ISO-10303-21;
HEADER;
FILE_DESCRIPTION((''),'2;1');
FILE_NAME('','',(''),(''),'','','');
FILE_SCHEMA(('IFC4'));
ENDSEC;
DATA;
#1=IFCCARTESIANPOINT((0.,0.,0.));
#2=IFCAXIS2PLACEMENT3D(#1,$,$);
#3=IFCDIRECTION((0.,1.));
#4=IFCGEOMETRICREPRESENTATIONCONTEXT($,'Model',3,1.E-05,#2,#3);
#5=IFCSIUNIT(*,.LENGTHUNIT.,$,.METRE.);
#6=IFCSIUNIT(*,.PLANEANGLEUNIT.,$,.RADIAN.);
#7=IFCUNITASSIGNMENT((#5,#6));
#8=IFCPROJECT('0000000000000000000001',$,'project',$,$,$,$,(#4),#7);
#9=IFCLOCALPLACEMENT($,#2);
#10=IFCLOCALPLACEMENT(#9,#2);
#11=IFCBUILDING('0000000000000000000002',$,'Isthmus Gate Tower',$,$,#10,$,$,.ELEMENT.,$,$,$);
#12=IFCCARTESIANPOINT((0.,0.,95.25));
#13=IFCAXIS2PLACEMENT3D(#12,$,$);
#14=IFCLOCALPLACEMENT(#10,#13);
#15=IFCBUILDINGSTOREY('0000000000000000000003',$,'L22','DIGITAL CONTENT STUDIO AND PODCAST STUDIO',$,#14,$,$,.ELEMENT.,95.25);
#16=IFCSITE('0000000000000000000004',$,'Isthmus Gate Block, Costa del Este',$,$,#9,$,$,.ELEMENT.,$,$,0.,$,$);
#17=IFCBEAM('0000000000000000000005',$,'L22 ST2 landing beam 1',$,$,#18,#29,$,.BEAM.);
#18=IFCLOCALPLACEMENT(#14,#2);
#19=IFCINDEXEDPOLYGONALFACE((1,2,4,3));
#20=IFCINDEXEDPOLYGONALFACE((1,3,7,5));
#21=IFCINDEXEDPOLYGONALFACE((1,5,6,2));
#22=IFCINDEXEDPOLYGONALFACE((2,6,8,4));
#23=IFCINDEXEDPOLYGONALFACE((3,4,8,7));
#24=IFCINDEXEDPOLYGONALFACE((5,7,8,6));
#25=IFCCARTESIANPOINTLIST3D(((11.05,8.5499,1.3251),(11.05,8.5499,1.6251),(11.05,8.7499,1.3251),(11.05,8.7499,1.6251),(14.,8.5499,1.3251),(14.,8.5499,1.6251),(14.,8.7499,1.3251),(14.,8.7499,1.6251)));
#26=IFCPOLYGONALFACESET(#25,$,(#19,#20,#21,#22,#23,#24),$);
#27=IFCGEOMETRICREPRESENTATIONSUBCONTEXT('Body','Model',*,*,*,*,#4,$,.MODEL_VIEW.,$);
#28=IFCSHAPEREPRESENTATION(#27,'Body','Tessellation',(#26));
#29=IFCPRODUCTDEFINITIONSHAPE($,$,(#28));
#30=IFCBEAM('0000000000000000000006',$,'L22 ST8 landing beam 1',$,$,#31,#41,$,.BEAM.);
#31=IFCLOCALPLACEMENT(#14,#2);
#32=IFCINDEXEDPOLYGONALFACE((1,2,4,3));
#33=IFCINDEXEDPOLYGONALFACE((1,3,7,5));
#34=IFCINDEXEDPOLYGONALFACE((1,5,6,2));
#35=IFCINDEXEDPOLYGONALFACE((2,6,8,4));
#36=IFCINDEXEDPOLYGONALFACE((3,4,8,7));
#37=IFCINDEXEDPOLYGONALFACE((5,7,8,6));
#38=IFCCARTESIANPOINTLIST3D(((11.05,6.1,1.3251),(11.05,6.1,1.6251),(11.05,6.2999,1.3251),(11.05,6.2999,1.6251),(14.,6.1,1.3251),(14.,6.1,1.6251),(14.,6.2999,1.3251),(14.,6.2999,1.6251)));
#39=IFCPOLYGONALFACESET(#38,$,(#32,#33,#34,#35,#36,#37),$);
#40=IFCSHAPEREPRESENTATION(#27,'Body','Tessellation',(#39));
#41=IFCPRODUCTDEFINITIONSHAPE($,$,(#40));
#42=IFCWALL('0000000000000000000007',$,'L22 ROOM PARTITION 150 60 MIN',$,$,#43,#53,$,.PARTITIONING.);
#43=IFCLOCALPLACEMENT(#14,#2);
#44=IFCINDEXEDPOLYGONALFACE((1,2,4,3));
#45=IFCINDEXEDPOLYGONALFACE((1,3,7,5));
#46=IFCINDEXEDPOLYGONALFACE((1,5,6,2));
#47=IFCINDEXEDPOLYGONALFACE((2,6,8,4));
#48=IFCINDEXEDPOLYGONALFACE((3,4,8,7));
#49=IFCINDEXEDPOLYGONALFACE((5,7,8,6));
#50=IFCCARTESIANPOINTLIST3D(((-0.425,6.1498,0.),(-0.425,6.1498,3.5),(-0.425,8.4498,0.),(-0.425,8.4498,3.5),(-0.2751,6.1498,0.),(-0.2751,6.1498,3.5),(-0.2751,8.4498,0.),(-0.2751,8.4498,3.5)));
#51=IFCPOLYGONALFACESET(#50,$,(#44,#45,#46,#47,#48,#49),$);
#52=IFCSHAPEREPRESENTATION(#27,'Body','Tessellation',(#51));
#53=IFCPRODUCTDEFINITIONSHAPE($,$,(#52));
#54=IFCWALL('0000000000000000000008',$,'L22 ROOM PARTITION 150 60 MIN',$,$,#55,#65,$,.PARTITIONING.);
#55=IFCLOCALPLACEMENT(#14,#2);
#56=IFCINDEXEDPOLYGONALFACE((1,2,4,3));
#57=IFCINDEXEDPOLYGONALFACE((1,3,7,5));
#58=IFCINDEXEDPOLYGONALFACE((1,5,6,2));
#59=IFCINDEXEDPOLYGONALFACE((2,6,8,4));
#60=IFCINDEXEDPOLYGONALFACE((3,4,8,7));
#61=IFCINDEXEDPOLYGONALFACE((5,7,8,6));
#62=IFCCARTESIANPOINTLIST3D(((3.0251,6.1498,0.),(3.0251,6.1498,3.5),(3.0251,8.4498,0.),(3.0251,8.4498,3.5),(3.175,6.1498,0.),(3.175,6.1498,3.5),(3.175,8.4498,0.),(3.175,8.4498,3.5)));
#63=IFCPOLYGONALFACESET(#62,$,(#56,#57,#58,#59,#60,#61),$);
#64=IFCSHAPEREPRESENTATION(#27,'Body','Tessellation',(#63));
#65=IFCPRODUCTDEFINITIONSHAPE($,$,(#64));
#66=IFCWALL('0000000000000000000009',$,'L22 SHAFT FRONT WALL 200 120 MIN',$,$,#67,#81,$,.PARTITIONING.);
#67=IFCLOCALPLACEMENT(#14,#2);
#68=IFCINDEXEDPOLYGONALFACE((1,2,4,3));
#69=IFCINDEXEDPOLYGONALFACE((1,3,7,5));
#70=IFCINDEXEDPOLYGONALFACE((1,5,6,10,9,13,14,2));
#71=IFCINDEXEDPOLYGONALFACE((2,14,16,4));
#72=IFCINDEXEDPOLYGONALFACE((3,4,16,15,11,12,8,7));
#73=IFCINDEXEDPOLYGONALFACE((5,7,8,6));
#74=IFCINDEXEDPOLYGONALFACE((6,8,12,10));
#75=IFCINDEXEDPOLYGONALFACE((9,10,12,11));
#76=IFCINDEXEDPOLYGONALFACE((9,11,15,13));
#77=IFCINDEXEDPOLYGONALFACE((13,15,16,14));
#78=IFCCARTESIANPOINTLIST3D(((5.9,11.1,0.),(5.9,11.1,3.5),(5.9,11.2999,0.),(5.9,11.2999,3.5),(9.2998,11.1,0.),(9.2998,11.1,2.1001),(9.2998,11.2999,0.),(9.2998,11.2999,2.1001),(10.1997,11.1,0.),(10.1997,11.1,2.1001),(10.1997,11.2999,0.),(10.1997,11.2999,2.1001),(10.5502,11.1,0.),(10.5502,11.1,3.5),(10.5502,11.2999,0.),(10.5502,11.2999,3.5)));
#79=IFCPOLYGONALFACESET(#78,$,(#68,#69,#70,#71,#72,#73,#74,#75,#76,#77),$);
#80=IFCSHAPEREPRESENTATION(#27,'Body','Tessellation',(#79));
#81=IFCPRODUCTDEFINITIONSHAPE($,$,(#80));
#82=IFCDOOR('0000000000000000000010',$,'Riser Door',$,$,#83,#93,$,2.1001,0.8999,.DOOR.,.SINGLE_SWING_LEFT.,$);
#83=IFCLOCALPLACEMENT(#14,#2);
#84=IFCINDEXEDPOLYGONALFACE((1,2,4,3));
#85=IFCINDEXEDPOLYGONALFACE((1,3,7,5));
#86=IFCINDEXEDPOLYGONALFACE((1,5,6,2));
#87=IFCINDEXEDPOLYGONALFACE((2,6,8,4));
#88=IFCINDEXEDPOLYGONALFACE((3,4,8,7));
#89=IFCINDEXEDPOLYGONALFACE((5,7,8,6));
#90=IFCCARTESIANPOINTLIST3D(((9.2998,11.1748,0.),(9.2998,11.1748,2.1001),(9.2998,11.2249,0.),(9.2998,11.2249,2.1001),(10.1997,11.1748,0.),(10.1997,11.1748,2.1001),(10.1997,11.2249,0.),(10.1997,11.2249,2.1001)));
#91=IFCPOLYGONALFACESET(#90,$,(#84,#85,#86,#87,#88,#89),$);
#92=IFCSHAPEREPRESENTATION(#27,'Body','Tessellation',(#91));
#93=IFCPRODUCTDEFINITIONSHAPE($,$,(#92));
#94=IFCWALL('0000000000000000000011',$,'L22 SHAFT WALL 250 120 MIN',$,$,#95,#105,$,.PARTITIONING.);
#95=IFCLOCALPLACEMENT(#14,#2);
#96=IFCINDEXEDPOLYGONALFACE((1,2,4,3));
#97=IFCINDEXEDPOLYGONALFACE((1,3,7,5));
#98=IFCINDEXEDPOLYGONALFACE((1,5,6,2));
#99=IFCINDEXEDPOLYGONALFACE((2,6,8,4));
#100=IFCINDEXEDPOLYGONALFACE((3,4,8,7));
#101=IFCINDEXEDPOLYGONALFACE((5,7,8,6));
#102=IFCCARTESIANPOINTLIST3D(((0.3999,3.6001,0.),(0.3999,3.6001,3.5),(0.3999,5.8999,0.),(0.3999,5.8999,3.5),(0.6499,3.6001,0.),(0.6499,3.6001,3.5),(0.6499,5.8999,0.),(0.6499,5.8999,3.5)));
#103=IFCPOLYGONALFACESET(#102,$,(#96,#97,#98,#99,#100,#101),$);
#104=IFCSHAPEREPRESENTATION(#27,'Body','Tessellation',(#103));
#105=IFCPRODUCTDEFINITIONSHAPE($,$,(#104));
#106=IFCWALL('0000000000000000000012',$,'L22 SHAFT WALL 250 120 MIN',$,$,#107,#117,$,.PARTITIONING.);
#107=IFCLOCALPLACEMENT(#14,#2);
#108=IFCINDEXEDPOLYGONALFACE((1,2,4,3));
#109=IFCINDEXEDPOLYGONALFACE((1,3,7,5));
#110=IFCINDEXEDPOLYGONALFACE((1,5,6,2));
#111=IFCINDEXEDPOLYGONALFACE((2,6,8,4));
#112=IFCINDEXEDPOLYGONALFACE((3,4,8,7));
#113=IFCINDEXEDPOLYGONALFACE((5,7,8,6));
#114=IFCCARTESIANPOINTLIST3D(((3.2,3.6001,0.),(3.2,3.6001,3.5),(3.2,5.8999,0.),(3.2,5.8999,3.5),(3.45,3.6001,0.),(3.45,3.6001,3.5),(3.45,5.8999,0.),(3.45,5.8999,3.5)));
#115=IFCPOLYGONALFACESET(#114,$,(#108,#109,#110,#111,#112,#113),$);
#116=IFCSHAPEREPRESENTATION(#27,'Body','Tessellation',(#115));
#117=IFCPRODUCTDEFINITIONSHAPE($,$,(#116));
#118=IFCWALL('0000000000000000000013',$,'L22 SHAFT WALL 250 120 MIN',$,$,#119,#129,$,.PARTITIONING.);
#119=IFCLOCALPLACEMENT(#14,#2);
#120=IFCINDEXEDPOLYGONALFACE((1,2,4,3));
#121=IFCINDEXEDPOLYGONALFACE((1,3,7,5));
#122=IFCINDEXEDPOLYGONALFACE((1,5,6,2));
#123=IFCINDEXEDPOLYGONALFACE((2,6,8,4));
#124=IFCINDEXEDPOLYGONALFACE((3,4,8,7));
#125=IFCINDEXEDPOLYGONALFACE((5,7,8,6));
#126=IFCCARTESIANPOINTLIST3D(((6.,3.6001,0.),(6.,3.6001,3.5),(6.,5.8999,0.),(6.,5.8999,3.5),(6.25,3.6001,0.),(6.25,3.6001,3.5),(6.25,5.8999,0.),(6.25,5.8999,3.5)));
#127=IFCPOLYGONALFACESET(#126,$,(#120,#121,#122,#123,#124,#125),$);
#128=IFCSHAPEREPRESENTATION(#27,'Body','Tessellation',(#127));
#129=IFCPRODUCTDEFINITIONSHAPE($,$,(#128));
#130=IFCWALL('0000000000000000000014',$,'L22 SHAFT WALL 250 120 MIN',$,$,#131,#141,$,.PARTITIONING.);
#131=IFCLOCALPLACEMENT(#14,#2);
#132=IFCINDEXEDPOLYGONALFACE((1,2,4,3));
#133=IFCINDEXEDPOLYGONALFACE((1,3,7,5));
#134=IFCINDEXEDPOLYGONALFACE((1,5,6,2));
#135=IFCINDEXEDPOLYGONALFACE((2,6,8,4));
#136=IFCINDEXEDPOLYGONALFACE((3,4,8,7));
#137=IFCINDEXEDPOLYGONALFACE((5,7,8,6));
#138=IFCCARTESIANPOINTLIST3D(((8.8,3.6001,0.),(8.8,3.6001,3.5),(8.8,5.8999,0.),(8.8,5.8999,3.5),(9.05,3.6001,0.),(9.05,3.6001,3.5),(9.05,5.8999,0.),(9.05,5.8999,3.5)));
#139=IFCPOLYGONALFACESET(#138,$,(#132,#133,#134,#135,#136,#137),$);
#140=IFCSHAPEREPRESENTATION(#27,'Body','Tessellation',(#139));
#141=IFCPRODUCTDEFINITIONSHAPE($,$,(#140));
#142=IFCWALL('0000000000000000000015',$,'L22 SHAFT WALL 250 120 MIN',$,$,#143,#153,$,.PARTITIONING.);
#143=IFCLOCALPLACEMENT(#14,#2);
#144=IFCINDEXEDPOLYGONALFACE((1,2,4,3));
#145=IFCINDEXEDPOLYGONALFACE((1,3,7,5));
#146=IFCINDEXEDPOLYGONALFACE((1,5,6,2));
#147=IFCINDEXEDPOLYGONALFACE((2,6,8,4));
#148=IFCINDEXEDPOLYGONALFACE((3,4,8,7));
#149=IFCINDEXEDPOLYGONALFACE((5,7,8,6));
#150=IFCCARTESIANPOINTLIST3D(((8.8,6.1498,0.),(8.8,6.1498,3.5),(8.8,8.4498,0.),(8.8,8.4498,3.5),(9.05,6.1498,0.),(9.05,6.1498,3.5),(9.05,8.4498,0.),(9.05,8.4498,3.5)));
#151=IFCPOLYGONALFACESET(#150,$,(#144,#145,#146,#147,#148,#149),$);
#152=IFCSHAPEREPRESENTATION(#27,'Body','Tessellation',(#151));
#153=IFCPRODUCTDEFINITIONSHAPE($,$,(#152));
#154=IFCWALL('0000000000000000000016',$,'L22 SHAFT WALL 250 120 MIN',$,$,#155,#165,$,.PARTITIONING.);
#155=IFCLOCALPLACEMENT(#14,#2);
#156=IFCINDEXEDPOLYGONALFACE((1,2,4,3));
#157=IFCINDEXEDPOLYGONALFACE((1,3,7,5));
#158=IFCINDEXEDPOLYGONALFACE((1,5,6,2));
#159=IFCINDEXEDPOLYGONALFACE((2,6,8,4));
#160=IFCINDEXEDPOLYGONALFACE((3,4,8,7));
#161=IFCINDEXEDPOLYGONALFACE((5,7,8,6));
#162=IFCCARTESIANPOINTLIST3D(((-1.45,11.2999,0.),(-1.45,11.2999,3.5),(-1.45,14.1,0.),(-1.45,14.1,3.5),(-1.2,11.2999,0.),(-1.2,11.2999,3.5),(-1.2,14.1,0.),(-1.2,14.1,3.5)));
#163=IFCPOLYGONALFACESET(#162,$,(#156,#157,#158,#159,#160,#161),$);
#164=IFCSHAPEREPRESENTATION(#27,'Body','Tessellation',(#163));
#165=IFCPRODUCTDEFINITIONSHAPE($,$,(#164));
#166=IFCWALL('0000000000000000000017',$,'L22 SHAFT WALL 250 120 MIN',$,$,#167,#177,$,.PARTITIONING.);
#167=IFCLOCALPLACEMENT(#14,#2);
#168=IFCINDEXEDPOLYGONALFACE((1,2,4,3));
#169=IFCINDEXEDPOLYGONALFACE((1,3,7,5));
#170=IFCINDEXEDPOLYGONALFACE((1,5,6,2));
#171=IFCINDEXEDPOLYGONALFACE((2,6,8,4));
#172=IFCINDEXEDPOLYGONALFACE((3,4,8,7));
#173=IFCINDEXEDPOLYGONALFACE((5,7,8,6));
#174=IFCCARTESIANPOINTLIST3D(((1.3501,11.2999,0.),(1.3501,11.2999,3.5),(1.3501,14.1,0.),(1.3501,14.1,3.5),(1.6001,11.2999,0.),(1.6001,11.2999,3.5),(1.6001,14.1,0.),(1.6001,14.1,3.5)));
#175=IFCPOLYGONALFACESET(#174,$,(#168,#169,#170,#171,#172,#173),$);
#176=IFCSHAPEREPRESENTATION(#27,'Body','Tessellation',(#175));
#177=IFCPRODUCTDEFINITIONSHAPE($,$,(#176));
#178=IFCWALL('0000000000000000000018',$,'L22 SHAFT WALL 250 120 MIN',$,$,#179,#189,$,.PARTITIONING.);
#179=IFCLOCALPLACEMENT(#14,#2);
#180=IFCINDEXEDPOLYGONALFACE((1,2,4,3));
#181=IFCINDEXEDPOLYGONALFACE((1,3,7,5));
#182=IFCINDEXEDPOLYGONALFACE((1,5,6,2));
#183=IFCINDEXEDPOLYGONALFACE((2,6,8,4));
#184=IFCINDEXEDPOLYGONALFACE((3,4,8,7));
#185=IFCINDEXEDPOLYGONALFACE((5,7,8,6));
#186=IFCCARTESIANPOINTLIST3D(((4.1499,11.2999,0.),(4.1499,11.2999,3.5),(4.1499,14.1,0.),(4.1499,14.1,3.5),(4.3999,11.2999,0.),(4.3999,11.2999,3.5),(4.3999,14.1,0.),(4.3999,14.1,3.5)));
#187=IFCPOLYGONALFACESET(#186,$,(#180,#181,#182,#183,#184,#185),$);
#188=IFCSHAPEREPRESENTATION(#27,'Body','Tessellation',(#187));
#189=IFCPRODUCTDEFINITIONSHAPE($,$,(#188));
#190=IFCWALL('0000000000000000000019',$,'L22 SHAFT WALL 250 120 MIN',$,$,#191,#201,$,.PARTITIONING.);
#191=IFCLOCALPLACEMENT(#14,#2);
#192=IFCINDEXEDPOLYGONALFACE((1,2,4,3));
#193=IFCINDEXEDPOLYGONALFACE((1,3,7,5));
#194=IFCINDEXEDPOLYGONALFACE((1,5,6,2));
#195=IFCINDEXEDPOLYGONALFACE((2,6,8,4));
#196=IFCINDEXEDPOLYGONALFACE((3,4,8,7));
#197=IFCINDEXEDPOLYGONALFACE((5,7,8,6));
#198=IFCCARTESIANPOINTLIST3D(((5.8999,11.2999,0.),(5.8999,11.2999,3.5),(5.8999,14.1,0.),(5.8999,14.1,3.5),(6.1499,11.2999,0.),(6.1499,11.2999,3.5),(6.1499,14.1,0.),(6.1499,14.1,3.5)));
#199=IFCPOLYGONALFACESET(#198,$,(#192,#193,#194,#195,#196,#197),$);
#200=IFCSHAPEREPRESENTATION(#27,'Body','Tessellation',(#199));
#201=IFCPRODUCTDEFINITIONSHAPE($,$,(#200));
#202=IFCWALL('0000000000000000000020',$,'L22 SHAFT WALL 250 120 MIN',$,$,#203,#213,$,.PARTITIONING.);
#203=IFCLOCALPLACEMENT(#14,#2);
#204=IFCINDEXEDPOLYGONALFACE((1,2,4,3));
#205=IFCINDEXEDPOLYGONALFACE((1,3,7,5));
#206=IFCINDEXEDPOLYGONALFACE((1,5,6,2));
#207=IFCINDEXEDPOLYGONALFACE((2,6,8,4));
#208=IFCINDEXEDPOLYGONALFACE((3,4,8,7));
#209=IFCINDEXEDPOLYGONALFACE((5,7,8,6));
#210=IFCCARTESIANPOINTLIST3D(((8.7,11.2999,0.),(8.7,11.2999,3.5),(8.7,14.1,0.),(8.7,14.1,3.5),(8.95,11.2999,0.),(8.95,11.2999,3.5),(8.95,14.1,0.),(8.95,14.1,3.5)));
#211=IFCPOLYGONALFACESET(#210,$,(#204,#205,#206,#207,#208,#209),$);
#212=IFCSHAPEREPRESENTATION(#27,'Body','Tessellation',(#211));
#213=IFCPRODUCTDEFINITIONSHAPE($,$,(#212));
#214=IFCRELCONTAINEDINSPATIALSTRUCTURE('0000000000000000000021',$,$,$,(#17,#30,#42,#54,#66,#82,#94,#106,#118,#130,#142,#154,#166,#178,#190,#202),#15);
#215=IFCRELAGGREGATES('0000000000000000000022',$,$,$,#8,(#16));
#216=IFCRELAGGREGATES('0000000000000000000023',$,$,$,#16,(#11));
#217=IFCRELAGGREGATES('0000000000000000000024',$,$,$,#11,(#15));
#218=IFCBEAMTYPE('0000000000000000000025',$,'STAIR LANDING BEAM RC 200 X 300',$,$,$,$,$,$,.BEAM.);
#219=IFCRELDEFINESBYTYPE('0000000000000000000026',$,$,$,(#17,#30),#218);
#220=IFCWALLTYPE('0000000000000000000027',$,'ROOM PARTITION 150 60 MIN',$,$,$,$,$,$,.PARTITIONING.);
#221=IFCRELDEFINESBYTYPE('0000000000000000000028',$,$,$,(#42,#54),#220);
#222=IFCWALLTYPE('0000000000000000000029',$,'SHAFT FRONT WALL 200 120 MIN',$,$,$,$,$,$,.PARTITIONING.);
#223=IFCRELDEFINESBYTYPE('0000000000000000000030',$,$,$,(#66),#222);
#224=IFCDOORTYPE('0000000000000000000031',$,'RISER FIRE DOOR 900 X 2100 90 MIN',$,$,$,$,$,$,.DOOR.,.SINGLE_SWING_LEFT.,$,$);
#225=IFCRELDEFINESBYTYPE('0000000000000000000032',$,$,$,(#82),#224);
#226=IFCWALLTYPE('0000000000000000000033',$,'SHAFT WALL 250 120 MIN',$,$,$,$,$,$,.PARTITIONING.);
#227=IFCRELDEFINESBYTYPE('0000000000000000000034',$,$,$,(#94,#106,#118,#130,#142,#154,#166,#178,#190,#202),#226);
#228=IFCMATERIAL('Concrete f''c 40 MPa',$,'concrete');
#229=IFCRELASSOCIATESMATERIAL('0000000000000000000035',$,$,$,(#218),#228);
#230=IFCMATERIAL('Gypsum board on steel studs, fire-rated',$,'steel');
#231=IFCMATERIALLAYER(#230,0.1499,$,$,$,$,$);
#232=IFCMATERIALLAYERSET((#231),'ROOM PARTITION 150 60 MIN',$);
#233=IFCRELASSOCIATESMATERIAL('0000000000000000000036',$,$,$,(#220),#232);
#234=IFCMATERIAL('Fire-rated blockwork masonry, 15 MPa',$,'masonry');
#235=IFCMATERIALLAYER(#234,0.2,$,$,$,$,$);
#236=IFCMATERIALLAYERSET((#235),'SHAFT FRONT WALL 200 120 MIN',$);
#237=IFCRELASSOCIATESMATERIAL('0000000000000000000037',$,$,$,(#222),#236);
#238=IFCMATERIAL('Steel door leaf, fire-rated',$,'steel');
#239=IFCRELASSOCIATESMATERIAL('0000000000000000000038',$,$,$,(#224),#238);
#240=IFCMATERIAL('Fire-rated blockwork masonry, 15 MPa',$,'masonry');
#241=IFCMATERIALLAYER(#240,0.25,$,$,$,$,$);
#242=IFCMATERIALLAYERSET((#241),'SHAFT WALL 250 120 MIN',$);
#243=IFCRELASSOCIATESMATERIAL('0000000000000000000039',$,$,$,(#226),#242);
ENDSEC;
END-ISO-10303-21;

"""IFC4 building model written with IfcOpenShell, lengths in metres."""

from ifc_helpers import new_model, si_unit, direction, frame, frame_2d, origin, origin_2d, place, context, subcontext, project, spatial, rectangle, extrude, material, layer, layer_set, material_profile, profile_set, type_object, element, fill, save


model = new_model("IFC4")

# Units and contexts
model_context = context("Model", 3, precision=1e-05, world=origin(), true_north=direction((0.0, 1.0)))
body_context = subcontext(model_context, "Body", "Model", "MODEL_VIEW")
ifc_project = project(units=[si_unit("LENGTHUNIT", "METRE"), si_unit("PLANEANGLEUNIT", "RADIAN")], contexts=[model_context])

# Site, building, storey
site_placement = place(None, origin())
site = spatial("IfcSite", under=ifc_project, at=site_placement, Name="Isthmus Gate Block, Costa del Este", CompositionType="ELEMENT", RefElevation=0.0)
building_placement = place(site_placement, origin())
building = spatial("IfcBuilding", under=site, at=building_placement, Name="Isthmus Gate Tower", CompositionType="ELEMENT")
storey_placement = place(building_placement, frame((0.0, 0.0, 95.25)))
storey = spatial("IfcBuildingStorey", under=building, at=storey_placement, Name="L22", Description="DIGITAL CONTENT STUDIO AND PODCAST STUDIO", CompositionType="ELEMENT", Elevation=95.25)

# Beams
ifc_material_1 = material(Name="Concrete f'c 40 MPa", Category="concrete")
ifc_material_profile = material_profile(ifc_material_1, rectangle(XDim=0.2, YDim=0.3, at=origin_2d()), Name="STAIR LANDING BEAM RC 200 X 300")
ifc_profile_set = profile_set([ifc_material_profile], Name="Concrete f'c 40 MPa")
beam_type = type_object("IfcBeamType", Name="STAIR LANDING BEAM RC 200 X 300", PredefinedType="BEAM", material=ifc_profile_set)
for number, where, z_axis, x_axis, name in (
    (1, (11.05, 8.6499, 1.4751), (1.0, 0.0, 0.0), (0.0, 1.0, 0.0), "L22 ST2 landing beam 1"),
    (2, (11.05, 6.2, 1.4751), (1.0, 0.0, 0.0), (0.0, 1.0, 0.0), "L22 ST8 landing beam 1"),
):
    element("IfcBeam", number, at=place(storey_placement, frame(where, z_axis=z_axis, x_axis=x_axis)), inside=storey, type_object=beam_type, Name=name, PredefinedType="BEAM", context=body_context, shape_type="SweptSolid", body=[
        extrude(rectangle(XDim=0.2, YDim=0.3, at=origin_2d()), origin(), (0.0, 0.0, 1.0), 2.95),
    ])

# Walls
ifc_material_2 = material(Name="Gypsum board on steel studs, fire-rated", Category="steel")
ifc_layer_1 = layer(ifc_material_2, 0.1499)
ifc_layer_set_1 = layer_set([ifc_layer_1], Name="ROOM PARTITION 150 60 MIN")
wall_type_1 = type_object("IfcWallType", Name="ROOM PARTITION 150 60 MIN", PredefinedType="PARTITIONING", material=ifc_layer_set_1)
for number, where, z_axis, x_axis, name in (
    (3, (-0.3501, 6.1499, 0.0), (0.0, 0.0, 1.0), (0.0, 1.0, 0.0), "L22 ROOM PARTITION 150 60 MIN"),
    (4, (3.1001, 6.1499, 0.0), (0.0, 0.0, 1.0), (0.0, 1.0, 0.0), "L22 ROOM PARTITION 150 60 MIN"),
):
    element("IfcWall", number, at=place(storey_placement, frame(where, z_axis=z_axis, x_axis=x_axis)), inside=storey, type_object=wall_type_1, Name=name, PredefinedType="PARTITIONING", context=body_context, shape_type="SweptSolid", body=[
        extrude(rectangle(XDim=2.3, YDim=0.1499, at=frame_2d((1.1499, 0.0))), origin(), (0.0, 0.0, 1.0), 3.5),
    ])

# Wall, opening, door
ifc_material_3 = material(Name="Fire-rated blockwork masonry, 15 MPa", Category="masonry")
ifc_layer_2 = layer(ifc_material_3, 0.2)
ifc_layer_set_2 = layer_set([ifc_layer_2], Name="SHAFT FRONT WALL 200 120 MIN")
wall_type_2 = type_object("IfcWallType", Name="SHAFT FRONT WALL 200 120 MIN", PredefinedType="PARTITIONING", material=ifc_layer_set_2)
wall_1_placement = place(storey_placement, frame((5.8999, 11.2, 0.0), z_axis=(0.0, 0.0, 1.0), x_axis=(1.0, 0.0, 0.0)))
wall_1 = element("IfcWall", 5, at=wall_1_placement, inside=storey, type_object=wall_type_2, Name="L22 SHAFT FRONT WALL 200 120 MIN", PredefinedType="PARTITIONING", context=body_context, shape_type="SweptSolid", body=[
    extrude(rectangle(XDim=4.6501, YDim=0.2, at=frame_2d((2.3252, 0.0))), origin(), (0.0, 0.0, 1.0), 3.5),
])
opening_placement = place(wall_1_placement, frame((3.3999, 0.0, 0.0)))
opening = element("IfcOpeningElement", 6, at=opening_placement, cuts=wall_1, PredefinedType="OPENING", context=body_context, shape_type="SweptSolid", body=[
    extrude(rectangle(XDim=0.8999, YDim=2.1001, at=frame_2d((0.45, 1.05))), frame((0.0, 0.1099, 0.0), z_axis=(0.0, -1.0, 0.0), x_axis=(1.0, 0.0, 0.0)), (0.0, 0.0, 1.0), 0.22),
])
ifc_material_4 = material(Name="Steel door leaf, fire-rated", Category="steel")
door_type = type_object("IfcDoorType", Name="RISER FIRE DOOR 900 X 2100 90 MIN", OperationType="SINGLE_SWING_LEFT", PredefinedType="DOOR", material=ifc_material_4)
door_placement = place(opening_placement, origin())
door = element("IfcDoor", 7, at=door_placement, inside=storey, type_object=door_type, Name="Riser Door", OperationType="SINGLE_SWING_LEFT", OverallHeight=2.1001, OverallWidth=0.8999, PredefinedType="DOOR", context=body_context, shape_type="SweptSolid", body=[
    extrude(rectangle(XDim=0.8999, YDim=2.1001, at=frame_2d((0.45, 1.05))), frame((0.0, 0.0249, 0.0), z_axis=(0.0, -1.0, 0.0), x_axis=(1.0, 0.0, 0.0)), (0.0, 0.0, 1.0), 0.05),
])
fill(opening, door)

# Walls
ifc_material_5 = material(Name="Fire-rated blockwork masonry, 15 MPa", Category="masonry")
ifc_layer_3 = layer(ifc_material_5, 0.25)
ifc_layer_set_3 = layer_set([ifc_layer_3], Name="SHAFT WALL 250 120 MIN")
wall_type_3 = type_object("IfcWallType", Name="SHAFT WALL 250 120 MIN", PredefinedType="PARTITIONING", material=ifc_layer_set_3)
for number, where, z_axis, x_axis, name in (
    (8, (0.5249, 3.6001, 0.0), (0.0, 0.0, 1.0), (0.0, 1.0, 0.0), "L22 SHAFT WALL 250 120 MIN"),
    (9, (3.325, 3.6001, 0.0), (0.0, 0.0, 1.0), (0.0, 1.0, 0.0), "L22 SHAFT WALL 250 120 MIN"),
    (10, (6.125, 3.6001, 0.0), (0.0, 0.0, 1.0), (0.0, 1.0, 0.0), "L22 SHAFT WALL 250 120 MIN"),
    (11, (8.925, 3.6001, 0.0), (0.0, 0.0, 1.0), (0.0, 1.0, 0.0), "L22 SHAFT WALL 250 120 MIN"),
):
    element("IfcWall", number, at=place(storey_placement, frame(where, z_axis=z_axis, x_axis=x_axis)), inside=storey, type_object=wall_type_3, Name=name, PredefinedType="PARTITIONING", context=body_context, shape_type="SweptSolid", body=[
        extrude(rectangle(XDim=2.2998, YDim=0.25, at=frame_2d((1.1499, 0.0))), origin(), (0.0, 0.0, 1.0), 3.5),
    ])
wall_2_placement = place(storey_placement, frame((8.925, 6.1499, 0.0), z_axis=(0.0, 0.0, 1.0), x_axis=(0.0, 1.0, 0.0)))
element("IfcWall", 12, at=wall_2_placement, inside=storey, type_object=wall_type_3, Name="L22 SHAFT WALL 250 120 MIN", PredefinedType="PARTITIONING", context=body_context, shape_type="SweptSolid", body=[
    extrude(rectangle(XDim=2.3, YDim=0.25, at=frame_2d((1.1499, 0.0))), origin(), (0.0, 0.0, 1.0), 3.5),
])
for number, where, z_axis, x_axis, name in (
    (13, (-1.325, 11.3, 0.0), (0.0, 0.0, 1.0), (0.0, 1.0, 0.0), "L22 SHAFT WALL 250 120 MIN"),
    (14, (1.4751, 11.3, 0.0), (0.0, 0.0, 1.0), (0.0, 1.0, 0.0), "L22 SHAFT WALL 250 120 MIN"),
    (15, (4.2749, 11.3, 0.0), (0.0, 0.0, 1.0), (0.0, 1.0, 0.0), "L22 SHAFT WALL 250 120 MIN"),
    (16, (6.0249, 11.3, 0.0), (0.0, 0.0, 1.0), (0.0, 1.0, 0.0), "L22 SHAFT WALL 250 120 MIN"),
    (17, (8.825, 11.3, 0.0), (0.0, 0.0, 1.0), (0.0, 1.0, 0.0), "L22 SHAFT WALL 250 120 MIN"),
):
    element("IfcWall", number, at=place(storey_placement, frame(where, z_axis=z_axis, x_axis=x_axis)), inside=storey, type_object=wall_type_3, Name=name, PredefinedType="PARTITIONING", context=body_context, shape_type="SweptSolid", body=[
        extrude(rectangle(XDim=2.8, YDim=0.25, at=frame_2d((1.3999, 0.0))), origin(), (0.0, 0.0, 1.0), 3.5),
    ])

save(model, "model.ifc")
